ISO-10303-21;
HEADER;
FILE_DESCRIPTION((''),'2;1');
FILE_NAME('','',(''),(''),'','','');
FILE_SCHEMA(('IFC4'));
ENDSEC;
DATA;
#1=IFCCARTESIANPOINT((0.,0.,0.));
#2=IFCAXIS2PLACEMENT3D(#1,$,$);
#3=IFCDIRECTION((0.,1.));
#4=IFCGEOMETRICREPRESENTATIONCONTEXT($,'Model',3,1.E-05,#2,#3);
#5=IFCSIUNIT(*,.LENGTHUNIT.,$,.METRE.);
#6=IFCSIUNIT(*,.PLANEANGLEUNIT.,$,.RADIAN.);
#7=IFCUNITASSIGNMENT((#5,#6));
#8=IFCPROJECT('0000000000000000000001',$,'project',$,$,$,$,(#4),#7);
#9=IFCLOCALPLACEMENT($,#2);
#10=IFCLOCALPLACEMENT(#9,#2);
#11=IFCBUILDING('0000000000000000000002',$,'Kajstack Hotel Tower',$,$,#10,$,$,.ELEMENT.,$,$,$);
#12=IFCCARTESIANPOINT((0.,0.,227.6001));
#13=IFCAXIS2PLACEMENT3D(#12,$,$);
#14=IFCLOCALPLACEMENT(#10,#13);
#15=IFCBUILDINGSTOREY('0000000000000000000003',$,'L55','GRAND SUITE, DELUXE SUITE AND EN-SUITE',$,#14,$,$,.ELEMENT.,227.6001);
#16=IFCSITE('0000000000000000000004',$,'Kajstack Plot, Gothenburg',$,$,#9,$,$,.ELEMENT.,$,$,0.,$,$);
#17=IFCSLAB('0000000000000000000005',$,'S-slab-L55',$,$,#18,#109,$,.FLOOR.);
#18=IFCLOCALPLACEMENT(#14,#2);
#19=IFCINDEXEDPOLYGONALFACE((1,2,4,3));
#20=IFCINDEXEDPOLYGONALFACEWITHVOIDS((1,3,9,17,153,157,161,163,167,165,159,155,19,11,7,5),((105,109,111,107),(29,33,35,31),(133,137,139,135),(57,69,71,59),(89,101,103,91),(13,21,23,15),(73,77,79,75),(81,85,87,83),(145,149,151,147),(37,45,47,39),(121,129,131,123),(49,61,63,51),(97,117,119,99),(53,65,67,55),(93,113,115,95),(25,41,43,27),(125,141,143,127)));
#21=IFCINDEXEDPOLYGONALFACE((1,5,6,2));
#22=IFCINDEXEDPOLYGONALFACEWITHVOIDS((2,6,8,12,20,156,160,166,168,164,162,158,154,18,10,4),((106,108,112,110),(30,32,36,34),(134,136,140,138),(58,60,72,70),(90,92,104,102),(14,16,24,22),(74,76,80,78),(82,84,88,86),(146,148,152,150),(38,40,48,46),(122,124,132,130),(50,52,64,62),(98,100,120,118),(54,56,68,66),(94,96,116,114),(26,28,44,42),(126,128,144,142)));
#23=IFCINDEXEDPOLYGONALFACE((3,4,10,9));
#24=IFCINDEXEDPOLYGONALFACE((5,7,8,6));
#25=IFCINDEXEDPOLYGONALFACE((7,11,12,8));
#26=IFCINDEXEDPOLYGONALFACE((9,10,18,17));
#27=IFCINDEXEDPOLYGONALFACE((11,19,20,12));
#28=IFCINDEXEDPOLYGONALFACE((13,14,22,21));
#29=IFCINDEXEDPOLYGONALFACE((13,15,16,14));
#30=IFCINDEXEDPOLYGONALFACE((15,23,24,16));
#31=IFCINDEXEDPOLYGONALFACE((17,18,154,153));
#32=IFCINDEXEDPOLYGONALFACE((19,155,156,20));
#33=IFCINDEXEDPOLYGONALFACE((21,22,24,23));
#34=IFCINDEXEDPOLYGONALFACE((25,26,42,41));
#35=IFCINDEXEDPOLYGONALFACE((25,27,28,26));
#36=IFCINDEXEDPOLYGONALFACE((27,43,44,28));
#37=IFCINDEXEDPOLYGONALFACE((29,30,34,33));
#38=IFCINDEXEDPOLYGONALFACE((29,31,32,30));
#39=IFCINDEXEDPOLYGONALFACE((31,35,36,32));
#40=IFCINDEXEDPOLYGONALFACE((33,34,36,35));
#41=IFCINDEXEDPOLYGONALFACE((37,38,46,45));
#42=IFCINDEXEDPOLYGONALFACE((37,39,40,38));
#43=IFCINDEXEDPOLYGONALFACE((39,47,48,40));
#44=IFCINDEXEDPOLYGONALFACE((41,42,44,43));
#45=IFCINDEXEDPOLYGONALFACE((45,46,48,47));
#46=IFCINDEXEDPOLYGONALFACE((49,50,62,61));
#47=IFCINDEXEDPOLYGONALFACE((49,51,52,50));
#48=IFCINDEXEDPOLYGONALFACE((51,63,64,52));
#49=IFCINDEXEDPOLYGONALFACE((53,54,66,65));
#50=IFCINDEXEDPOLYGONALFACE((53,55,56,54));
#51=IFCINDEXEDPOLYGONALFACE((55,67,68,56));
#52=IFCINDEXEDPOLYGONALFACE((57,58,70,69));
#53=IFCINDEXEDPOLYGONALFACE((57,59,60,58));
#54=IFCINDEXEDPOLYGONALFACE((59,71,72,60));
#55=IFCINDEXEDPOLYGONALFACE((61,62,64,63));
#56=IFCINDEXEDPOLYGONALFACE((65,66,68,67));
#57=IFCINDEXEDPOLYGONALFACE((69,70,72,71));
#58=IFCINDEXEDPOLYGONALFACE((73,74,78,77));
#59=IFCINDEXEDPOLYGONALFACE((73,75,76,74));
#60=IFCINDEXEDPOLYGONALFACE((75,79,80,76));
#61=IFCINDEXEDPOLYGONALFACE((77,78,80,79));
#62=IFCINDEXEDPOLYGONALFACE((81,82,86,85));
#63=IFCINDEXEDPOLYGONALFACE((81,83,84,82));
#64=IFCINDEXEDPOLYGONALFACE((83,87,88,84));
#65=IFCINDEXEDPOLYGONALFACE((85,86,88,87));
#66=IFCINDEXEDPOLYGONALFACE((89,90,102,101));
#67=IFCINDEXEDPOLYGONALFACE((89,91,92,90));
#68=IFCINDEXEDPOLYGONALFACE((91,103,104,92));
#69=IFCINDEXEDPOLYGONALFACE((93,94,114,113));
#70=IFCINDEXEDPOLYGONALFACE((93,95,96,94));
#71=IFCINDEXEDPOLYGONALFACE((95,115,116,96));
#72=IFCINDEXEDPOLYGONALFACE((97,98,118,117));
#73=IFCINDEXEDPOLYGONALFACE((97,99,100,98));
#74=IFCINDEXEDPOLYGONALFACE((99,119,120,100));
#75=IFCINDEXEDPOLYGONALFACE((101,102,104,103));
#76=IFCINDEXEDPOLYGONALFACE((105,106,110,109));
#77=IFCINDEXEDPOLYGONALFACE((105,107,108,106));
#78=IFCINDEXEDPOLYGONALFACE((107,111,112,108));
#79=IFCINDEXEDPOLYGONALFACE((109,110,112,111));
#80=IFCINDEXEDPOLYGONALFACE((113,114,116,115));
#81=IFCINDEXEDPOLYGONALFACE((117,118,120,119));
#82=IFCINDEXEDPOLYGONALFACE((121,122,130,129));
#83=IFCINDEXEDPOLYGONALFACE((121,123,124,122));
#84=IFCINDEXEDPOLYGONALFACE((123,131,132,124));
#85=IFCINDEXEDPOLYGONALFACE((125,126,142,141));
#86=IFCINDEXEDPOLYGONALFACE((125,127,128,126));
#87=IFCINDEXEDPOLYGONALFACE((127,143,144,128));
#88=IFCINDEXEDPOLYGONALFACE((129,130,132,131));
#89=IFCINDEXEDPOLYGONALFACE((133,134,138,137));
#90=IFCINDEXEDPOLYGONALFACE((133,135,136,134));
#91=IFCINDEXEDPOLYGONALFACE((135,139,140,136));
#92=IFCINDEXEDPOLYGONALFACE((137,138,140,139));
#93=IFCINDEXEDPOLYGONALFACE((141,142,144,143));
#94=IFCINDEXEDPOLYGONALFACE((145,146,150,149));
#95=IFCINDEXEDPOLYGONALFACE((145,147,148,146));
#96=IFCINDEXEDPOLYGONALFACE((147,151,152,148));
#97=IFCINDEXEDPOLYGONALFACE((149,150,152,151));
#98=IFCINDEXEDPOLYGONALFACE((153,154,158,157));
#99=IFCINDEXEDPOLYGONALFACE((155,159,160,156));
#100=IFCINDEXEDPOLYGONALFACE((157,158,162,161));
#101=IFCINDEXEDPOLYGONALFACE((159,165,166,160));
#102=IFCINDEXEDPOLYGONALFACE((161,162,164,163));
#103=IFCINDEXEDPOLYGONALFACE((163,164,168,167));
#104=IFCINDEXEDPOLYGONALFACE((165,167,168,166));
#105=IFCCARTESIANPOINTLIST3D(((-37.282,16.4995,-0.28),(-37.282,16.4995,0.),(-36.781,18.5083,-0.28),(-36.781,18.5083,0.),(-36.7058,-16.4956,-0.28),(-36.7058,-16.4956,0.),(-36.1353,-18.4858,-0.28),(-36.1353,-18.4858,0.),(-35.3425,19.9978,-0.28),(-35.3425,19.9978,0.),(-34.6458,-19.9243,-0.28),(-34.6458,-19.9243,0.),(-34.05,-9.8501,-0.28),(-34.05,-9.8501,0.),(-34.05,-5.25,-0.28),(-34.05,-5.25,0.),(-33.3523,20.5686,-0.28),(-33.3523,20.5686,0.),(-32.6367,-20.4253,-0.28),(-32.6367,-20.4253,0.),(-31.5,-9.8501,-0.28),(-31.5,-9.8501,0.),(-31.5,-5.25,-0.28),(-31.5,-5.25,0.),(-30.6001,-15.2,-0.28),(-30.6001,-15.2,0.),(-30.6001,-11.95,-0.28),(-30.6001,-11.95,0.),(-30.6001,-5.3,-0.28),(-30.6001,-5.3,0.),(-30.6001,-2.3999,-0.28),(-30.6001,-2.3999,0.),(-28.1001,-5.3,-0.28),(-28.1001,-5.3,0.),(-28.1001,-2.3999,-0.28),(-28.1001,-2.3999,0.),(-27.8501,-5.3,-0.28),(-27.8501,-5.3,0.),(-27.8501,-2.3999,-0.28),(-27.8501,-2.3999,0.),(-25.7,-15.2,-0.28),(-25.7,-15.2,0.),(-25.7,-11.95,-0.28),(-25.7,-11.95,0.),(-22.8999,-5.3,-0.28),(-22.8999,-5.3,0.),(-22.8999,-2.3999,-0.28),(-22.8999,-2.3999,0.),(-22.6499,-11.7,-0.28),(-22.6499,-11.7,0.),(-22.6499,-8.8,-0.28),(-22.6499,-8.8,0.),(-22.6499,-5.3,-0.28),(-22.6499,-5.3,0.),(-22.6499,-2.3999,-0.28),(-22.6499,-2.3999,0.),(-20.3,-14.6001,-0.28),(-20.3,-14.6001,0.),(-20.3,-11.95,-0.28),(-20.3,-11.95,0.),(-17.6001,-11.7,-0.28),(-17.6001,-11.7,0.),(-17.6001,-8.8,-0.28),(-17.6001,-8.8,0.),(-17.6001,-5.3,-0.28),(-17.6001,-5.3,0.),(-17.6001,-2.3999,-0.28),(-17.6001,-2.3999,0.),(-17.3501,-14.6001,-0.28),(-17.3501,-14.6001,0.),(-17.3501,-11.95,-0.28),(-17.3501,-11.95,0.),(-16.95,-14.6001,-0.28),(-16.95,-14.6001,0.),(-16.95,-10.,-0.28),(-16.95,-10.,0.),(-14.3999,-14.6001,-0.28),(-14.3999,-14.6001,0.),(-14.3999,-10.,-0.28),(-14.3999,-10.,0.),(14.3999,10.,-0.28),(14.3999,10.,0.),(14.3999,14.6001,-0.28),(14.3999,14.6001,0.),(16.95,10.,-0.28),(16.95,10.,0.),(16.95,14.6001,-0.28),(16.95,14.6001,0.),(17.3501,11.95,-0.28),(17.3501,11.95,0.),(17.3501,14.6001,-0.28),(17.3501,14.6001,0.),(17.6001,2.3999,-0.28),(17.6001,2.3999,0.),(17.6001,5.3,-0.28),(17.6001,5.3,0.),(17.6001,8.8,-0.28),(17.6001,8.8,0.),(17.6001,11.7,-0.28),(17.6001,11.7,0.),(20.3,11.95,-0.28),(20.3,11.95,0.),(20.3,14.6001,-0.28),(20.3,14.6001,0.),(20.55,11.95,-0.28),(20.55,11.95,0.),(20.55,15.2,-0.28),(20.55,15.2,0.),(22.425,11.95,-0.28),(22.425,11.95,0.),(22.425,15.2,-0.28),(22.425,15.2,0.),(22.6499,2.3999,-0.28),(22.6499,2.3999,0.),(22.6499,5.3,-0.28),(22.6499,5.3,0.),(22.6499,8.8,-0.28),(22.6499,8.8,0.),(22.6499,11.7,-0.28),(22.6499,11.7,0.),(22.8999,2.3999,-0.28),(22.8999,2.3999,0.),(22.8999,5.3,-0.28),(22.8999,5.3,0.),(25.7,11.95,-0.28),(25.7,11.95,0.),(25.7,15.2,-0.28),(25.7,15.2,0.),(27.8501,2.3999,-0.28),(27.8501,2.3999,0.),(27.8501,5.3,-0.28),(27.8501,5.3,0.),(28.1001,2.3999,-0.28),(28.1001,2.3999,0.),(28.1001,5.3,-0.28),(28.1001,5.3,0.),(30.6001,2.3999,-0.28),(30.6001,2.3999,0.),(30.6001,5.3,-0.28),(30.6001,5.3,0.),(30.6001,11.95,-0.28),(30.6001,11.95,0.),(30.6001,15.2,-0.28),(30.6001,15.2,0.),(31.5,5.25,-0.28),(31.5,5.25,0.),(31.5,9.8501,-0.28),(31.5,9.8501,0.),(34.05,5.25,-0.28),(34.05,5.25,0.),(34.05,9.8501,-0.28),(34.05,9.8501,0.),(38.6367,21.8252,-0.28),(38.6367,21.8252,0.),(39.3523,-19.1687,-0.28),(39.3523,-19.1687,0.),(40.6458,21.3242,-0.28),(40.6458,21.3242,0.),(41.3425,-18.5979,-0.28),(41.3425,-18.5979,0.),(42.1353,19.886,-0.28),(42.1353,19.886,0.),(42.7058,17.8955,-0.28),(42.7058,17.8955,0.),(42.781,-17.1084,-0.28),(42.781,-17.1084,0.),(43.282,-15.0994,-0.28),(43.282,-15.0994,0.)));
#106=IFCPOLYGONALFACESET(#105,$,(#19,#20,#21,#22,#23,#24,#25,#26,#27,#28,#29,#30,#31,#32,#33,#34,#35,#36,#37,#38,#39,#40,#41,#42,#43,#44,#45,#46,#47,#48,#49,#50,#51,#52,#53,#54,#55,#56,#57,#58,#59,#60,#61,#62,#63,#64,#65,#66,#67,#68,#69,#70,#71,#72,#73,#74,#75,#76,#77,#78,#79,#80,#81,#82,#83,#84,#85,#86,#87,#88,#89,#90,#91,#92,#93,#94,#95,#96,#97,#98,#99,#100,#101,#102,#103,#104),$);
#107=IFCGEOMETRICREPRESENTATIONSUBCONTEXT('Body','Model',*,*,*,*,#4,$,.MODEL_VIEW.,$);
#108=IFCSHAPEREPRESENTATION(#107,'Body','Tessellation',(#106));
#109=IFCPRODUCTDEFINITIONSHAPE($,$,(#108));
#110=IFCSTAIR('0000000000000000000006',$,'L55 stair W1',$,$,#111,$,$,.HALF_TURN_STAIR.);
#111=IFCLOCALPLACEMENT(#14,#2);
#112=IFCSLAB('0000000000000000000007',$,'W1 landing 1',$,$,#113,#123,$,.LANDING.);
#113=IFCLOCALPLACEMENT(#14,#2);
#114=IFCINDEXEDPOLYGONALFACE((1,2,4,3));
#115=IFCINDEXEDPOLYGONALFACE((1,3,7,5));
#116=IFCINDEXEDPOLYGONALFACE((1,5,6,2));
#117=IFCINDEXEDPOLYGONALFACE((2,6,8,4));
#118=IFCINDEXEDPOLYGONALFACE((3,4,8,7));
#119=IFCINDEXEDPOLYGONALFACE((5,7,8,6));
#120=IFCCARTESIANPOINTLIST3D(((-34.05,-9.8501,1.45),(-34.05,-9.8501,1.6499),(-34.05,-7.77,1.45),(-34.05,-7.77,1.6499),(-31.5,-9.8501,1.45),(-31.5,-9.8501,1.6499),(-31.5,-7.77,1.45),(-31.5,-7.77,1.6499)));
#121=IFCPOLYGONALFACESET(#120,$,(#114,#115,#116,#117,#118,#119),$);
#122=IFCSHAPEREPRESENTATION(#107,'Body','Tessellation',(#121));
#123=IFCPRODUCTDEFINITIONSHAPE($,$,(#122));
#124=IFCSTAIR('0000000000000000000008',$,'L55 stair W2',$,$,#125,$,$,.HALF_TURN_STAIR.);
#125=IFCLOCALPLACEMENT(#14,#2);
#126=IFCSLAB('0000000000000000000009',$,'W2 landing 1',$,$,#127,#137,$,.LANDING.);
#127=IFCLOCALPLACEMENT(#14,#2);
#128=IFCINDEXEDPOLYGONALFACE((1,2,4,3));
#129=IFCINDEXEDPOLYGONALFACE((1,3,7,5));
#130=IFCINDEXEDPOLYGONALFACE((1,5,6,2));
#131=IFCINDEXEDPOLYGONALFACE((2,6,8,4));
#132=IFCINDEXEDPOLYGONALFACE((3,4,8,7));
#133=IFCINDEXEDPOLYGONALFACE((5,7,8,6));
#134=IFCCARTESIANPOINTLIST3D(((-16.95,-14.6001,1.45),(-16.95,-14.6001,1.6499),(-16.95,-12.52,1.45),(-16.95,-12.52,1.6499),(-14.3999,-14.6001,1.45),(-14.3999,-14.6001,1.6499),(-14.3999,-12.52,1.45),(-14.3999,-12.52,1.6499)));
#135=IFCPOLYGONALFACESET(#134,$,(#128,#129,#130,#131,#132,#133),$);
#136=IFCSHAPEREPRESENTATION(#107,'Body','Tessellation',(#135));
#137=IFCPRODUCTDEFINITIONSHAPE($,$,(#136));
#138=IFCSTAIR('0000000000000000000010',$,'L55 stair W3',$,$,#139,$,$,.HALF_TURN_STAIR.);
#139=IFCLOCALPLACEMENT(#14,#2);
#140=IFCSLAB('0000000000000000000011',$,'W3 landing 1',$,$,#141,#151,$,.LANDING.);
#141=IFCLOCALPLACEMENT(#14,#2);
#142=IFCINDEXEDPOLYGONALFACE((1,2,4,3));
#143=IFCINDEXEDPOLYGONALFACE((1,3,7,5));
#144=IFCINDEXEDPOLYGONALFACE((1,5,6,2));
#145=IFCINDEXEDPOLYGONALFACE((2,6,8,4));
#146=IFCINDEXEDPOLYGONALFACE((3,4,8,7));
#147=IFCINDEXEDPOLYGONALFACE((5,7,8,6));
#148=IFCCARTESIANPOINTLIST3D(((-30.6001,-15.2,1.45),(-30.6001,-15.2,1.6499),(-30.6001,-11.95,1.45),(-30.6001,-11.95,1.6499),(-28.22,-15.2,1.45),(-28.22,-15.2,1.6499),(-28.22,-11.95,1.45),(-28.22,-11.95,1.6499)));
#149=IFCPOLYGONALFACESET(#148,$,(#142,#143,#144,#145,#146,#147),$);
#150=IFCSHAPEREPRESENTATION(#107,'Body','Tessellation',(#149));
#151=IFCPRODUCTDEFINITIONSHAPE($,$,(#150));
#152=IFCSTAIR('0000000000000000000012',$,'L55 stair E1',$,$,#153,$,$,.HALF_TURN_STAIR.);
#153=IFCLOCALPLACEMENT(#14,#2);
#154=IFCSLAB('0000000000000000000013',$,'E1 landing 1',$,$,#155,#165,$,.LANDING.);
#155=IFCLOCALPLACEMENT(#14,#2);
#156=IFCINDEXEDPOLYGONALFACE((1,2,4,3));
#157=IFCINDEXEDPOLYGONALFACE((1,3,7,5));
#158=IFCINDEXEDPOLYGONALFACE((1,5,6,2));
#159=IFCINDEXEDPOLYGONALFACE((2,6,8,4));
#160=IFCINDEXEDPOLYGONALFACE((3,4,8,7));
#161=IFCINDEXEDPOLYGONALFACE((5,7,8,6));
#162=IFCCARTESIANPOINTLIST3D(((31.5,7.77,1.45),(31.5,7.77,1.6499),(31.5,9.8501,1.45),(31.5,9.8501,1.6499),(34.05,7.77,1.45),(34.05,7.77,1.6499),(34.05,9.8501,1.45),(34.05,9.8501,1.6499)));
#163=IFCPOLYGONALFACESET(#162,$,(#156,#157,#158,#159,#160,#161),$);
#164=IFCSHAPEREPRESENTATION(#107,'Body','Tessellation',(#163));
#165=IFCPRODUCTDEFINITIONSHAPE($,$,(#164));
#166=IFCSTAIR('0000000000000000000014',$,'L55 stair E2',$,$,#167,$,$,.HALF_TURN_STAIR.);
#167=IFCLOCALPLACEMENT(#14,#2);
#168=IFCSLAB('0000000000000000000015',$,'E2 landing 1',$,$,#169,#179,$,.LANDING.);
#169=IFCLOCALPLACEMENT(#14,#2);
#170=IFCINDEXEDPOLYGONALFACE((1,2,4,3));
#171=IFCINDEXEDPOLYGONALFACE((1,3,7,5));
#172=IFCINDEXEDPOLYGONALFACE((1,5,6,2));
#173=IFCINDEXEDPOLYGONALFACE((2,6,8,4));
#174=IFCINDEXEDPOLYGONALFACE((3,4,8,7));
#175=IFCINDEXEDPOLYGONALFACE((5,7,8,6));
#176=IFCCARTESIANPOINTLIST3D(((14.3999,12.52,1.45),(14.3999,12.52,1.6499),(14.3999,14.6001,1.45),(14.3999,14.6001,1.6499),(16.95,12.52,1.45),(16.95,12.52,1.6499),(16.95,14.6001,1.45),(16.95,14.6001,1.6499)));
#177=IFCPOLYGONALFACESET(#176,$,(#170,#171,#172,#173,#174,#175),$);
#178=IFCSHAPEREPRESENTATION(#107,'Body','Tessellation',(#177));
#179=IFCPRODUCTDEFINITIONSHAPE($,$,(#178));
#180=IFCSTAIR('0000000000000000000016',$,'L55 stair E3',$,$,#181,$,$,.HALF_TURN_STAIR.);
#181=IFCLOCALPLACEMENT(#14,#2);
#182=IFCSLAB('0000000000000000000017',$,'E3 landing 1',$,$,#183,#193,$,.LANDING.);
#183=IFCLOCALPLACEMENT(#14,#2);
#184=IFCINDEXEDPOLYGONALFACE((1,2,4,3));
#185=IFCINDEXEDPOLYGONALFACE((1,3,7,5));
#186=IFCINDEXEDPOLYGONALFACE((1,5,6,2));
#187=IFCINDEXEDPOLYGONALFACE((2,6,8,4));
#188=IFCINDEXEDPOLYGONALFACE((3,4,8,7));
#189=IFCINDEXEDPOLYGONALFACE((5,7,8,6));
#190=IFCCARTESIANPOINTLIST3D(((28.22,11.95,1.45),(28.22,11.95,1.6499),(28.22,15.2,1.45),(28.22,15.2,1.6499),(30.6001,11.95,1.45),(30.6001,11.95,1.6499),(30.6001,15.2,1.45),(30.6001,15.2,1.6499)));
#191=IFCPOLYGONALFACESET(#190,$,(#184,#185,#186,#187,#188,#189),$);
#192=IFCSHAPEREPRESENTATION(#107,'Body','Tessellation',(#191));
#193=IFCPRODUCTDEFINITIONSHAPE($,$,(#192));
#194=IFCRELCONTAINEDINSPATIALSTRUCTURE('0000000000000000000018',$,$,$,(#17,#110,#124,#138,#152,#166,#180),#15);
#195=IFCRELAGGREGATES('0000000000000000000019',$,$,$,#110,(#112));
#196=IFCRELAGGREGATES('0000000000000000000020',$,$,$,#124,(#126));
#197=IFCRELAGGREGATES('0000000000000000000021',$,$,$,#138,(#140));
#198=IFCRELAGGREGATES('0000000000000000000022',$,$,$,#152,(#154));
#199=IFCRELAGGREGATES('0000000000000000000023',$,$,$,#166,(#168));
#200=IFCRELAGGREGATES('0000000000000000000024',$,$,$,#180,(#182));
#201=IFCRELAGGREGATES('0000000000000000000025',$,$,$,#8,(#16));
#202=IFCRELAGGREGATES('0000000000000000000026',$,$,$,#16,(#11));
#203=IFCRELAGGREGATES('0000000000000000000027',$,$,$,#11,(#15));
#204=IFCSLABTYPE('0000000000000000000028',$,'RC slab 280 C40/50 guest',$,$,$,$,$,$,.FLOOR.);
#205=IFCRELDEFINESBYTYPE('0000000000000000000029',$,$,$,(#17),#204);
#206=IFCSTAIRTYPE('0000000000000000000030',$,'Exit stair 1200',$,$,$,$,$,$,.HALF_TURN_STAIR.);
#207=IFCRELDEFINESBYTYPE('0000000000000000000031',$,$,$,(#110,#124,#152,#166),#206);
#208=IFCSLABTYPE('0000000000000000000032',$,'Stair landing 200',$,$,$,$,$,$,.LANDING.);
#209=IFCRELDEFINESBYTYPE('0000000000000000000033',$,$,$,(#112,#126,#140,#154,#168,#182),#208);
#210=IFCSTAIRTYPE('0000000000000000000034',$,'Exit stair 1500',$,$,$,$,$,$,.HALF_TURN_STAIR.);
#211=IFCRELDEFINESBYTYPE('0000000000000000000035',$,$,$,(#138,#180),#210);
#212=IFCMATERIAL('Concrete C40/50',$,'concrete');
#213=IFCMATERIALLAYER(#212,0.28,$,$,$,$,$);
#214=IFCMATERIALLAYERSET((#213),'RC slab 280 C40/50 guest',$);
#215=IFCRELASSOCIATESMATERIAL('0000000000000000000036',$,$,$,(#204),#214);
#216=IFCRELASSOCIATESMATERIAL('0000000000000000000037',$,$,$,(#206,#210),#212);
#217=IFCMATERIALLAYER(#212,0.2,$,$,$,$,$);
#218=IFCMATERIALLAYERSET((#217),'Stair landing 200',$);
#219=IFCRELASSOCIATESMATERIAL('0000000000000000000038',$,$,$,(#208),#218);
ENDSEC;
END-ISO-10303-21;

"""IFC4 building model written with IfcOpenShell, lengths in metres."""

from ifc_helpers import new_model, si_unit, direction, frame, origin, place, context, subcontext, project, spatial, polyline, outline, extrude, material, layer, layer_set, type_object, element, aggregate, save


model = new_model("IFC4")

# Units and contexts
model_context = context("Model", 3, precision=1e-05, world=origin(), true_north=direction((0.0, 1.0)))
body_context = subcontext(model_context, "Body", "Model", "MODEL_VIEW")
ifc_project = project(units=[si_unit("LENGTHUNIT", "METRE"), si_unit("PLANEANGLEUNIT", "RADIAN")], contexts=[model_context])

# Site, building, storey
site_placement = place(None, origin())
site = spatial("IfcSite", under=ifc_project, at=site_placement, Name="Kajstack Plot, Gothenburg", CompositionType="ELEMENT", RefElevation=0.0)
building_placement = place(site_placement, origin())
building = spatial("IfcBuilding", under=site, at=building_placement, Name="Kajstack Hotel Tower", CompositionType="ELEMENT")
storey_placement = place(building_placement, frame((0.0, 0.0, 227.6001)))
storey = spatial("IfcBuildingStorey", under=building, at=storey_placement, Name="L55", Description="GRAND SUITE, DELUXE SUITE AND EN-SUITE", CompositionType="ELEMENT", Elevation=227.6001)

# Slab
ifc_material_1 = material(Name="Concrete C40/50", Category="concrete")
ifc_layer_1 = layer(ifc_material_1, 0.28)
ifc_layer_set_1 = layer_set([ifc_layer_1], Name="RC slab 280 C40/50 guest")
slab_type_1 = type_object("IfcSlabType", Name="RC slab 280 C40/50 guest", PredefinedType="FLOOR", material=ifc_layer_set_1)
slab_1_placement = place(storey_placement, frame((0.0, 0.0, -0.28)))
element("IfcSlab", 1, at=slab_1_placement, inside=storey, type_object=slab_type_1, Name="S-slab-L55", PredefinedType="FLOOR", context=body_context, shape_type="SweptSolid", body=[
    extrude(outline(polyline([(-37.282, 16.4995), (-36.7058, -16.4956), (-36.1353, -18.4858), (-34.6458, -19.9243), (-32.6367, -20.4253), (39.3523, -19.1687), (41.3425, -18.5979), (42.781, -17.1084), (43.282, -15.0994), (42.7058, 17.8955), (42.1353, 19.886), (40.6458, 21.3242), (38.6367, 21.8252), (-33.3523, 20.5686), (-35.3425, 19.9978), (-36.781, 18.5083), (-37.282, 16.4995)]), holes=[polyline([(-22.6499, -11.7), (-22.6499, -8.8), (-17.6001, -8.8), (-17.6001, -11.7), (-22.6499, -11.7)]), polyline([(-27.8501, -5.3), (-27.8501, -2.3999), (-22.8999, -2.3999), (-22.8999, -5.3), (-27.8501, -5.3)]), polyline([(-22.6499, -5.3), (-22.6499, -2.3999), (-17.6001, -2.3999), (-17.6001, -5.3), (-22.6499, -5.3)]), polyline([(-20.3, -14.6001), (-17.3501, -14.6001), (-17.3501, -11.95), (-20.3, -11.95), (-20.3, -14.6001)]), polyline([(-30.6001, -5.3), (-28.1001, -5.3), (-28.1001, -2.3999), (-30.6001, -2.3999), (-30.6001, -5.3)]), polyline([(17.6001, 8.8), (17.6001, 11.7), (22.6499, 11.7), (22.6499, 8.8), (17.6001, 8.8)]), polyline([(22.8999, 2.3999), (22.8999, 5.3), (27.8501, 5.3), (27.8501, 2.3999), (22.8999, 2.3999)]), polyline([(17.6001, 2.3999), (17.6001, 5.3), (22.6499, 5.3), (22.6499, 2.3999), (17.6001, 2.3999)]), polyline([(20.3, 14.6001), (17.3501, 14.6001), (17.3501, 11.95), (20.3, 11.95), (20.3, 14.6001)]), polyline([(30.6001, 5.3), (28.1001, 5.3), (28.1001, 2.3999), (30.6001, 2.3999), (30.6001, 5.3)]), polyline([(-34.05, -9.8501), (-31.5, -9.8501), (-31.5, -5.25), (-34.05, -5.25), (-34.05, -9.8501)]), polyline([(-16.95, -14.6001), (-14.3999, -14.6001), (-14.3999, -10.0), (-16.95, -10.0), (-16.95, -14.6001)]), polyline([(-30.6001, -15.2), (-25.7, -15.2), (-25.7, -11.95), (-30.6001, -11.95), (-30.6001, -15.2)]), polyline([(34.05, 9.8501), (31.5, 9.8501), (31.5, 5.25), (34.05, 5.25), (34.05, 9.8501)]), polyline([(16.95, 14.6001), (14.3999, 14.6001), (14.3999, 10.0), (16.95, 10.0), (16.95, 14.6001)]), polyline([(30.6001, 15.2), (25.7, 15.2), (25.7, 11.95), (30.6001, 11.95), (30.6001, 15.2)]), polyline([(22.425, 15.2), (22.425, 11.95), (20.55, 11.95), (20.55, 15.2), (22.425, 15.2)])]), origin(), (0.0, 0.0, 1.0), 0.28),
])

# Stairs, slabs
stair_type_1 = type_object("IfcStairType", Name="Exit stair 1200", PredefinedType="HALF_TURN_STAIR", material=ifc_material_1)
stair_1_placement = place(storey_placement, origin())
stair_1 = element("IfcStair", 2, at=stair_1_placement, inside=storey, type_object=stair_type_1, Name="L55 stair W1", PredefinedType="HALF_TURN_STAIR")
ifc_layer_2 = layer(ifc_material_1, 0.2)
ifc_layer_set_2 = layer_set([ifc_layer_2], Name="Stair landing 200")
slab_type_2 = type_object("IfcSlabType", Name="Stair landing 200", PredefinedType="LANDING", material=ifc_layer_set_2)
slab_2_placement = place(storey_placement, frame((0.0, 0.0, 1.45)))
slab_2 = element("IfcSlab", 3, at=slab_2_placement, type_object=slab_type_2, Name="W1 landing 1", PredefinedType="LANDING", context=body_context, shape_type="SweptSolid", body=[
    extrude(outline(polyline([(-34.05, -7.77), (-34.05, -9.8501), (-31.5, -9.8501), (-31.5, -7.77), (-34.05, -7.77)])), origin(), (0.0, 0.0, 1.0), 0.2),
])
aggregate(stair_1, [slab_2])
stair_2_placement = place(storey_placement, origin())
stair_2 = element("IfcStair", 4, at=stair_2_placement, inside=storey, type_object=stair_type_1, Name="L55 stair W2", PredefinedType="HALF_TURN_STAIR")
slab_3_placement = place(storey_placement, frame((0.0, 0.0, 1.45)))
slab_3 = element("IfcSlab", 5, at=slab_3_placement, type_object=slab_type_2, Name="W2 landing 1", PredefinedType="LANDING", context=body_context, shape_type="SweptSolid", body=[
    extrude(outline(polyline([(-16.95, -12.52), (-16.95, -14.6001), (-14.3999, -14.6001), (-14.3999, -12.52), (-16.95, -12.52)])), origin(), (0.0, 0.0, 1.0), 0.2),
])
aggregate(stair_2, [slab_3])
stair_type_2 = type_object("IfcStairType", Name="Exit stair 1500", PredefinedType="HALF_TURN_STAIR", material=ifc_material_1)
stair_3_placement = place(storey_placement, origin())
stair_3 = element("IfcStair", 6, at=stair_3_placement, inside=storey, type_object=stair_type_2, Name="L55 stair W3", PredefinedType="HALF_TURN_STAIR")
slab_4_placement = place(storey_placement, frame((0.0, 0.0, 1.45)))
slab_4 = element("IfcSlab", 7, at=slab_4_placement, type_object=slab_type_2, Name="W3 landing 1", PredefinedType="LANDING", context=body_context, shape_type="SweptSolid", body=[
    extrude(outline(polyline([(-28.22, -11.95), (-30.6001, -11.95), (-30.6001, -15.2), (-28.22, -15.2), (-28.22, -11.95)])), origin(), (0.0, 0.0, 1.0), 0.2),
])
aggregate(stair_3, [slab_4])
stair_4_placement = place(storey_placement, origin())
stair_4 = element("IfcStair", 8, at=stair_4_placement, inside=storey, type_object=stair_type_1, Name="L55 stair E1", PredefinedType="HALF_TURN_STAIR")
slab_5_placement = place(storey_placement, frame((0.0, 0.0, 1.45)))
slab_5 = element("IfcSlab", 9, at=slab_5_placement, type_object=slab_type_2, Name="E1 landing 1", PredefinedType="LANDING", context=body_context, shape_type="SweptSolid", body=[
    extrude(outline(polyline([(34.05, 7.77), (34.05, 9.8501), (31.5, 9.8501), (31.5, 7.77), (34.05, 7.77)])), origin(), (0.0, 0.0, 1.0), 0.2),
])
aggregate(stair_4, [slab_5])
stair_5_placement = place(storey_placement, origin())
stair_5 = element("IfcStair", 10, at=stair_5_placement, inside=storey, type_object=stair_type_1, Name="L55 stair E2", PredefinedType="HALF_TURN_STAIR")
slab_6_placement = place(storey_placement, frame((0.0, 0.0, 1.45)))
slab_6 = element("IfcSlab", 11, at=slab_6_placement, type_object=slab_type_2, Name="E2 landing 1", PredefinedType="LANDING", context=body_context, shape_type="SweptSolid", body=[
    extrude(outline(polyline([(16.95, 12.52), (16.95, 14.6001), (14.3999, 14.6001), (14.3999, 12.52), (16.95, 12.52)])), origin(), (0.0, 0.0, 1.0), 0.2),
])
aggregate(stair_5, [slab_6])
stair_6_placement = place(storey_placement, origin())
stair_6 = element("IfcStair", 12, at=stair_6_placement, inside=storey, type_object=stair_type_2, Name="L55 stair E3", PredefinedType="HALF_TURN_STAIR")
slab_7_placement = place(storey_placement, frame((0.0, 0.0, 1.45)))
slab_7 = element("IfcSlab", 13, at=slab_7_placement, type_object=slab_type_2, Name="E3 landing 1", PredefinedType="LANDING", context=body_context, shape_type="SweptSolid", body=[
    extrude(outline(polyline([(28.22, 11.95), (30.6001, 11.95), (30.6001, 15.2), (28.22, 15.2), (28.22, 11.95)])), origin(), (0.0, 0.0, 1.0), 0.2),
])
aggregate(stair_6, [slab_7])

save(model, "model.ifc")
